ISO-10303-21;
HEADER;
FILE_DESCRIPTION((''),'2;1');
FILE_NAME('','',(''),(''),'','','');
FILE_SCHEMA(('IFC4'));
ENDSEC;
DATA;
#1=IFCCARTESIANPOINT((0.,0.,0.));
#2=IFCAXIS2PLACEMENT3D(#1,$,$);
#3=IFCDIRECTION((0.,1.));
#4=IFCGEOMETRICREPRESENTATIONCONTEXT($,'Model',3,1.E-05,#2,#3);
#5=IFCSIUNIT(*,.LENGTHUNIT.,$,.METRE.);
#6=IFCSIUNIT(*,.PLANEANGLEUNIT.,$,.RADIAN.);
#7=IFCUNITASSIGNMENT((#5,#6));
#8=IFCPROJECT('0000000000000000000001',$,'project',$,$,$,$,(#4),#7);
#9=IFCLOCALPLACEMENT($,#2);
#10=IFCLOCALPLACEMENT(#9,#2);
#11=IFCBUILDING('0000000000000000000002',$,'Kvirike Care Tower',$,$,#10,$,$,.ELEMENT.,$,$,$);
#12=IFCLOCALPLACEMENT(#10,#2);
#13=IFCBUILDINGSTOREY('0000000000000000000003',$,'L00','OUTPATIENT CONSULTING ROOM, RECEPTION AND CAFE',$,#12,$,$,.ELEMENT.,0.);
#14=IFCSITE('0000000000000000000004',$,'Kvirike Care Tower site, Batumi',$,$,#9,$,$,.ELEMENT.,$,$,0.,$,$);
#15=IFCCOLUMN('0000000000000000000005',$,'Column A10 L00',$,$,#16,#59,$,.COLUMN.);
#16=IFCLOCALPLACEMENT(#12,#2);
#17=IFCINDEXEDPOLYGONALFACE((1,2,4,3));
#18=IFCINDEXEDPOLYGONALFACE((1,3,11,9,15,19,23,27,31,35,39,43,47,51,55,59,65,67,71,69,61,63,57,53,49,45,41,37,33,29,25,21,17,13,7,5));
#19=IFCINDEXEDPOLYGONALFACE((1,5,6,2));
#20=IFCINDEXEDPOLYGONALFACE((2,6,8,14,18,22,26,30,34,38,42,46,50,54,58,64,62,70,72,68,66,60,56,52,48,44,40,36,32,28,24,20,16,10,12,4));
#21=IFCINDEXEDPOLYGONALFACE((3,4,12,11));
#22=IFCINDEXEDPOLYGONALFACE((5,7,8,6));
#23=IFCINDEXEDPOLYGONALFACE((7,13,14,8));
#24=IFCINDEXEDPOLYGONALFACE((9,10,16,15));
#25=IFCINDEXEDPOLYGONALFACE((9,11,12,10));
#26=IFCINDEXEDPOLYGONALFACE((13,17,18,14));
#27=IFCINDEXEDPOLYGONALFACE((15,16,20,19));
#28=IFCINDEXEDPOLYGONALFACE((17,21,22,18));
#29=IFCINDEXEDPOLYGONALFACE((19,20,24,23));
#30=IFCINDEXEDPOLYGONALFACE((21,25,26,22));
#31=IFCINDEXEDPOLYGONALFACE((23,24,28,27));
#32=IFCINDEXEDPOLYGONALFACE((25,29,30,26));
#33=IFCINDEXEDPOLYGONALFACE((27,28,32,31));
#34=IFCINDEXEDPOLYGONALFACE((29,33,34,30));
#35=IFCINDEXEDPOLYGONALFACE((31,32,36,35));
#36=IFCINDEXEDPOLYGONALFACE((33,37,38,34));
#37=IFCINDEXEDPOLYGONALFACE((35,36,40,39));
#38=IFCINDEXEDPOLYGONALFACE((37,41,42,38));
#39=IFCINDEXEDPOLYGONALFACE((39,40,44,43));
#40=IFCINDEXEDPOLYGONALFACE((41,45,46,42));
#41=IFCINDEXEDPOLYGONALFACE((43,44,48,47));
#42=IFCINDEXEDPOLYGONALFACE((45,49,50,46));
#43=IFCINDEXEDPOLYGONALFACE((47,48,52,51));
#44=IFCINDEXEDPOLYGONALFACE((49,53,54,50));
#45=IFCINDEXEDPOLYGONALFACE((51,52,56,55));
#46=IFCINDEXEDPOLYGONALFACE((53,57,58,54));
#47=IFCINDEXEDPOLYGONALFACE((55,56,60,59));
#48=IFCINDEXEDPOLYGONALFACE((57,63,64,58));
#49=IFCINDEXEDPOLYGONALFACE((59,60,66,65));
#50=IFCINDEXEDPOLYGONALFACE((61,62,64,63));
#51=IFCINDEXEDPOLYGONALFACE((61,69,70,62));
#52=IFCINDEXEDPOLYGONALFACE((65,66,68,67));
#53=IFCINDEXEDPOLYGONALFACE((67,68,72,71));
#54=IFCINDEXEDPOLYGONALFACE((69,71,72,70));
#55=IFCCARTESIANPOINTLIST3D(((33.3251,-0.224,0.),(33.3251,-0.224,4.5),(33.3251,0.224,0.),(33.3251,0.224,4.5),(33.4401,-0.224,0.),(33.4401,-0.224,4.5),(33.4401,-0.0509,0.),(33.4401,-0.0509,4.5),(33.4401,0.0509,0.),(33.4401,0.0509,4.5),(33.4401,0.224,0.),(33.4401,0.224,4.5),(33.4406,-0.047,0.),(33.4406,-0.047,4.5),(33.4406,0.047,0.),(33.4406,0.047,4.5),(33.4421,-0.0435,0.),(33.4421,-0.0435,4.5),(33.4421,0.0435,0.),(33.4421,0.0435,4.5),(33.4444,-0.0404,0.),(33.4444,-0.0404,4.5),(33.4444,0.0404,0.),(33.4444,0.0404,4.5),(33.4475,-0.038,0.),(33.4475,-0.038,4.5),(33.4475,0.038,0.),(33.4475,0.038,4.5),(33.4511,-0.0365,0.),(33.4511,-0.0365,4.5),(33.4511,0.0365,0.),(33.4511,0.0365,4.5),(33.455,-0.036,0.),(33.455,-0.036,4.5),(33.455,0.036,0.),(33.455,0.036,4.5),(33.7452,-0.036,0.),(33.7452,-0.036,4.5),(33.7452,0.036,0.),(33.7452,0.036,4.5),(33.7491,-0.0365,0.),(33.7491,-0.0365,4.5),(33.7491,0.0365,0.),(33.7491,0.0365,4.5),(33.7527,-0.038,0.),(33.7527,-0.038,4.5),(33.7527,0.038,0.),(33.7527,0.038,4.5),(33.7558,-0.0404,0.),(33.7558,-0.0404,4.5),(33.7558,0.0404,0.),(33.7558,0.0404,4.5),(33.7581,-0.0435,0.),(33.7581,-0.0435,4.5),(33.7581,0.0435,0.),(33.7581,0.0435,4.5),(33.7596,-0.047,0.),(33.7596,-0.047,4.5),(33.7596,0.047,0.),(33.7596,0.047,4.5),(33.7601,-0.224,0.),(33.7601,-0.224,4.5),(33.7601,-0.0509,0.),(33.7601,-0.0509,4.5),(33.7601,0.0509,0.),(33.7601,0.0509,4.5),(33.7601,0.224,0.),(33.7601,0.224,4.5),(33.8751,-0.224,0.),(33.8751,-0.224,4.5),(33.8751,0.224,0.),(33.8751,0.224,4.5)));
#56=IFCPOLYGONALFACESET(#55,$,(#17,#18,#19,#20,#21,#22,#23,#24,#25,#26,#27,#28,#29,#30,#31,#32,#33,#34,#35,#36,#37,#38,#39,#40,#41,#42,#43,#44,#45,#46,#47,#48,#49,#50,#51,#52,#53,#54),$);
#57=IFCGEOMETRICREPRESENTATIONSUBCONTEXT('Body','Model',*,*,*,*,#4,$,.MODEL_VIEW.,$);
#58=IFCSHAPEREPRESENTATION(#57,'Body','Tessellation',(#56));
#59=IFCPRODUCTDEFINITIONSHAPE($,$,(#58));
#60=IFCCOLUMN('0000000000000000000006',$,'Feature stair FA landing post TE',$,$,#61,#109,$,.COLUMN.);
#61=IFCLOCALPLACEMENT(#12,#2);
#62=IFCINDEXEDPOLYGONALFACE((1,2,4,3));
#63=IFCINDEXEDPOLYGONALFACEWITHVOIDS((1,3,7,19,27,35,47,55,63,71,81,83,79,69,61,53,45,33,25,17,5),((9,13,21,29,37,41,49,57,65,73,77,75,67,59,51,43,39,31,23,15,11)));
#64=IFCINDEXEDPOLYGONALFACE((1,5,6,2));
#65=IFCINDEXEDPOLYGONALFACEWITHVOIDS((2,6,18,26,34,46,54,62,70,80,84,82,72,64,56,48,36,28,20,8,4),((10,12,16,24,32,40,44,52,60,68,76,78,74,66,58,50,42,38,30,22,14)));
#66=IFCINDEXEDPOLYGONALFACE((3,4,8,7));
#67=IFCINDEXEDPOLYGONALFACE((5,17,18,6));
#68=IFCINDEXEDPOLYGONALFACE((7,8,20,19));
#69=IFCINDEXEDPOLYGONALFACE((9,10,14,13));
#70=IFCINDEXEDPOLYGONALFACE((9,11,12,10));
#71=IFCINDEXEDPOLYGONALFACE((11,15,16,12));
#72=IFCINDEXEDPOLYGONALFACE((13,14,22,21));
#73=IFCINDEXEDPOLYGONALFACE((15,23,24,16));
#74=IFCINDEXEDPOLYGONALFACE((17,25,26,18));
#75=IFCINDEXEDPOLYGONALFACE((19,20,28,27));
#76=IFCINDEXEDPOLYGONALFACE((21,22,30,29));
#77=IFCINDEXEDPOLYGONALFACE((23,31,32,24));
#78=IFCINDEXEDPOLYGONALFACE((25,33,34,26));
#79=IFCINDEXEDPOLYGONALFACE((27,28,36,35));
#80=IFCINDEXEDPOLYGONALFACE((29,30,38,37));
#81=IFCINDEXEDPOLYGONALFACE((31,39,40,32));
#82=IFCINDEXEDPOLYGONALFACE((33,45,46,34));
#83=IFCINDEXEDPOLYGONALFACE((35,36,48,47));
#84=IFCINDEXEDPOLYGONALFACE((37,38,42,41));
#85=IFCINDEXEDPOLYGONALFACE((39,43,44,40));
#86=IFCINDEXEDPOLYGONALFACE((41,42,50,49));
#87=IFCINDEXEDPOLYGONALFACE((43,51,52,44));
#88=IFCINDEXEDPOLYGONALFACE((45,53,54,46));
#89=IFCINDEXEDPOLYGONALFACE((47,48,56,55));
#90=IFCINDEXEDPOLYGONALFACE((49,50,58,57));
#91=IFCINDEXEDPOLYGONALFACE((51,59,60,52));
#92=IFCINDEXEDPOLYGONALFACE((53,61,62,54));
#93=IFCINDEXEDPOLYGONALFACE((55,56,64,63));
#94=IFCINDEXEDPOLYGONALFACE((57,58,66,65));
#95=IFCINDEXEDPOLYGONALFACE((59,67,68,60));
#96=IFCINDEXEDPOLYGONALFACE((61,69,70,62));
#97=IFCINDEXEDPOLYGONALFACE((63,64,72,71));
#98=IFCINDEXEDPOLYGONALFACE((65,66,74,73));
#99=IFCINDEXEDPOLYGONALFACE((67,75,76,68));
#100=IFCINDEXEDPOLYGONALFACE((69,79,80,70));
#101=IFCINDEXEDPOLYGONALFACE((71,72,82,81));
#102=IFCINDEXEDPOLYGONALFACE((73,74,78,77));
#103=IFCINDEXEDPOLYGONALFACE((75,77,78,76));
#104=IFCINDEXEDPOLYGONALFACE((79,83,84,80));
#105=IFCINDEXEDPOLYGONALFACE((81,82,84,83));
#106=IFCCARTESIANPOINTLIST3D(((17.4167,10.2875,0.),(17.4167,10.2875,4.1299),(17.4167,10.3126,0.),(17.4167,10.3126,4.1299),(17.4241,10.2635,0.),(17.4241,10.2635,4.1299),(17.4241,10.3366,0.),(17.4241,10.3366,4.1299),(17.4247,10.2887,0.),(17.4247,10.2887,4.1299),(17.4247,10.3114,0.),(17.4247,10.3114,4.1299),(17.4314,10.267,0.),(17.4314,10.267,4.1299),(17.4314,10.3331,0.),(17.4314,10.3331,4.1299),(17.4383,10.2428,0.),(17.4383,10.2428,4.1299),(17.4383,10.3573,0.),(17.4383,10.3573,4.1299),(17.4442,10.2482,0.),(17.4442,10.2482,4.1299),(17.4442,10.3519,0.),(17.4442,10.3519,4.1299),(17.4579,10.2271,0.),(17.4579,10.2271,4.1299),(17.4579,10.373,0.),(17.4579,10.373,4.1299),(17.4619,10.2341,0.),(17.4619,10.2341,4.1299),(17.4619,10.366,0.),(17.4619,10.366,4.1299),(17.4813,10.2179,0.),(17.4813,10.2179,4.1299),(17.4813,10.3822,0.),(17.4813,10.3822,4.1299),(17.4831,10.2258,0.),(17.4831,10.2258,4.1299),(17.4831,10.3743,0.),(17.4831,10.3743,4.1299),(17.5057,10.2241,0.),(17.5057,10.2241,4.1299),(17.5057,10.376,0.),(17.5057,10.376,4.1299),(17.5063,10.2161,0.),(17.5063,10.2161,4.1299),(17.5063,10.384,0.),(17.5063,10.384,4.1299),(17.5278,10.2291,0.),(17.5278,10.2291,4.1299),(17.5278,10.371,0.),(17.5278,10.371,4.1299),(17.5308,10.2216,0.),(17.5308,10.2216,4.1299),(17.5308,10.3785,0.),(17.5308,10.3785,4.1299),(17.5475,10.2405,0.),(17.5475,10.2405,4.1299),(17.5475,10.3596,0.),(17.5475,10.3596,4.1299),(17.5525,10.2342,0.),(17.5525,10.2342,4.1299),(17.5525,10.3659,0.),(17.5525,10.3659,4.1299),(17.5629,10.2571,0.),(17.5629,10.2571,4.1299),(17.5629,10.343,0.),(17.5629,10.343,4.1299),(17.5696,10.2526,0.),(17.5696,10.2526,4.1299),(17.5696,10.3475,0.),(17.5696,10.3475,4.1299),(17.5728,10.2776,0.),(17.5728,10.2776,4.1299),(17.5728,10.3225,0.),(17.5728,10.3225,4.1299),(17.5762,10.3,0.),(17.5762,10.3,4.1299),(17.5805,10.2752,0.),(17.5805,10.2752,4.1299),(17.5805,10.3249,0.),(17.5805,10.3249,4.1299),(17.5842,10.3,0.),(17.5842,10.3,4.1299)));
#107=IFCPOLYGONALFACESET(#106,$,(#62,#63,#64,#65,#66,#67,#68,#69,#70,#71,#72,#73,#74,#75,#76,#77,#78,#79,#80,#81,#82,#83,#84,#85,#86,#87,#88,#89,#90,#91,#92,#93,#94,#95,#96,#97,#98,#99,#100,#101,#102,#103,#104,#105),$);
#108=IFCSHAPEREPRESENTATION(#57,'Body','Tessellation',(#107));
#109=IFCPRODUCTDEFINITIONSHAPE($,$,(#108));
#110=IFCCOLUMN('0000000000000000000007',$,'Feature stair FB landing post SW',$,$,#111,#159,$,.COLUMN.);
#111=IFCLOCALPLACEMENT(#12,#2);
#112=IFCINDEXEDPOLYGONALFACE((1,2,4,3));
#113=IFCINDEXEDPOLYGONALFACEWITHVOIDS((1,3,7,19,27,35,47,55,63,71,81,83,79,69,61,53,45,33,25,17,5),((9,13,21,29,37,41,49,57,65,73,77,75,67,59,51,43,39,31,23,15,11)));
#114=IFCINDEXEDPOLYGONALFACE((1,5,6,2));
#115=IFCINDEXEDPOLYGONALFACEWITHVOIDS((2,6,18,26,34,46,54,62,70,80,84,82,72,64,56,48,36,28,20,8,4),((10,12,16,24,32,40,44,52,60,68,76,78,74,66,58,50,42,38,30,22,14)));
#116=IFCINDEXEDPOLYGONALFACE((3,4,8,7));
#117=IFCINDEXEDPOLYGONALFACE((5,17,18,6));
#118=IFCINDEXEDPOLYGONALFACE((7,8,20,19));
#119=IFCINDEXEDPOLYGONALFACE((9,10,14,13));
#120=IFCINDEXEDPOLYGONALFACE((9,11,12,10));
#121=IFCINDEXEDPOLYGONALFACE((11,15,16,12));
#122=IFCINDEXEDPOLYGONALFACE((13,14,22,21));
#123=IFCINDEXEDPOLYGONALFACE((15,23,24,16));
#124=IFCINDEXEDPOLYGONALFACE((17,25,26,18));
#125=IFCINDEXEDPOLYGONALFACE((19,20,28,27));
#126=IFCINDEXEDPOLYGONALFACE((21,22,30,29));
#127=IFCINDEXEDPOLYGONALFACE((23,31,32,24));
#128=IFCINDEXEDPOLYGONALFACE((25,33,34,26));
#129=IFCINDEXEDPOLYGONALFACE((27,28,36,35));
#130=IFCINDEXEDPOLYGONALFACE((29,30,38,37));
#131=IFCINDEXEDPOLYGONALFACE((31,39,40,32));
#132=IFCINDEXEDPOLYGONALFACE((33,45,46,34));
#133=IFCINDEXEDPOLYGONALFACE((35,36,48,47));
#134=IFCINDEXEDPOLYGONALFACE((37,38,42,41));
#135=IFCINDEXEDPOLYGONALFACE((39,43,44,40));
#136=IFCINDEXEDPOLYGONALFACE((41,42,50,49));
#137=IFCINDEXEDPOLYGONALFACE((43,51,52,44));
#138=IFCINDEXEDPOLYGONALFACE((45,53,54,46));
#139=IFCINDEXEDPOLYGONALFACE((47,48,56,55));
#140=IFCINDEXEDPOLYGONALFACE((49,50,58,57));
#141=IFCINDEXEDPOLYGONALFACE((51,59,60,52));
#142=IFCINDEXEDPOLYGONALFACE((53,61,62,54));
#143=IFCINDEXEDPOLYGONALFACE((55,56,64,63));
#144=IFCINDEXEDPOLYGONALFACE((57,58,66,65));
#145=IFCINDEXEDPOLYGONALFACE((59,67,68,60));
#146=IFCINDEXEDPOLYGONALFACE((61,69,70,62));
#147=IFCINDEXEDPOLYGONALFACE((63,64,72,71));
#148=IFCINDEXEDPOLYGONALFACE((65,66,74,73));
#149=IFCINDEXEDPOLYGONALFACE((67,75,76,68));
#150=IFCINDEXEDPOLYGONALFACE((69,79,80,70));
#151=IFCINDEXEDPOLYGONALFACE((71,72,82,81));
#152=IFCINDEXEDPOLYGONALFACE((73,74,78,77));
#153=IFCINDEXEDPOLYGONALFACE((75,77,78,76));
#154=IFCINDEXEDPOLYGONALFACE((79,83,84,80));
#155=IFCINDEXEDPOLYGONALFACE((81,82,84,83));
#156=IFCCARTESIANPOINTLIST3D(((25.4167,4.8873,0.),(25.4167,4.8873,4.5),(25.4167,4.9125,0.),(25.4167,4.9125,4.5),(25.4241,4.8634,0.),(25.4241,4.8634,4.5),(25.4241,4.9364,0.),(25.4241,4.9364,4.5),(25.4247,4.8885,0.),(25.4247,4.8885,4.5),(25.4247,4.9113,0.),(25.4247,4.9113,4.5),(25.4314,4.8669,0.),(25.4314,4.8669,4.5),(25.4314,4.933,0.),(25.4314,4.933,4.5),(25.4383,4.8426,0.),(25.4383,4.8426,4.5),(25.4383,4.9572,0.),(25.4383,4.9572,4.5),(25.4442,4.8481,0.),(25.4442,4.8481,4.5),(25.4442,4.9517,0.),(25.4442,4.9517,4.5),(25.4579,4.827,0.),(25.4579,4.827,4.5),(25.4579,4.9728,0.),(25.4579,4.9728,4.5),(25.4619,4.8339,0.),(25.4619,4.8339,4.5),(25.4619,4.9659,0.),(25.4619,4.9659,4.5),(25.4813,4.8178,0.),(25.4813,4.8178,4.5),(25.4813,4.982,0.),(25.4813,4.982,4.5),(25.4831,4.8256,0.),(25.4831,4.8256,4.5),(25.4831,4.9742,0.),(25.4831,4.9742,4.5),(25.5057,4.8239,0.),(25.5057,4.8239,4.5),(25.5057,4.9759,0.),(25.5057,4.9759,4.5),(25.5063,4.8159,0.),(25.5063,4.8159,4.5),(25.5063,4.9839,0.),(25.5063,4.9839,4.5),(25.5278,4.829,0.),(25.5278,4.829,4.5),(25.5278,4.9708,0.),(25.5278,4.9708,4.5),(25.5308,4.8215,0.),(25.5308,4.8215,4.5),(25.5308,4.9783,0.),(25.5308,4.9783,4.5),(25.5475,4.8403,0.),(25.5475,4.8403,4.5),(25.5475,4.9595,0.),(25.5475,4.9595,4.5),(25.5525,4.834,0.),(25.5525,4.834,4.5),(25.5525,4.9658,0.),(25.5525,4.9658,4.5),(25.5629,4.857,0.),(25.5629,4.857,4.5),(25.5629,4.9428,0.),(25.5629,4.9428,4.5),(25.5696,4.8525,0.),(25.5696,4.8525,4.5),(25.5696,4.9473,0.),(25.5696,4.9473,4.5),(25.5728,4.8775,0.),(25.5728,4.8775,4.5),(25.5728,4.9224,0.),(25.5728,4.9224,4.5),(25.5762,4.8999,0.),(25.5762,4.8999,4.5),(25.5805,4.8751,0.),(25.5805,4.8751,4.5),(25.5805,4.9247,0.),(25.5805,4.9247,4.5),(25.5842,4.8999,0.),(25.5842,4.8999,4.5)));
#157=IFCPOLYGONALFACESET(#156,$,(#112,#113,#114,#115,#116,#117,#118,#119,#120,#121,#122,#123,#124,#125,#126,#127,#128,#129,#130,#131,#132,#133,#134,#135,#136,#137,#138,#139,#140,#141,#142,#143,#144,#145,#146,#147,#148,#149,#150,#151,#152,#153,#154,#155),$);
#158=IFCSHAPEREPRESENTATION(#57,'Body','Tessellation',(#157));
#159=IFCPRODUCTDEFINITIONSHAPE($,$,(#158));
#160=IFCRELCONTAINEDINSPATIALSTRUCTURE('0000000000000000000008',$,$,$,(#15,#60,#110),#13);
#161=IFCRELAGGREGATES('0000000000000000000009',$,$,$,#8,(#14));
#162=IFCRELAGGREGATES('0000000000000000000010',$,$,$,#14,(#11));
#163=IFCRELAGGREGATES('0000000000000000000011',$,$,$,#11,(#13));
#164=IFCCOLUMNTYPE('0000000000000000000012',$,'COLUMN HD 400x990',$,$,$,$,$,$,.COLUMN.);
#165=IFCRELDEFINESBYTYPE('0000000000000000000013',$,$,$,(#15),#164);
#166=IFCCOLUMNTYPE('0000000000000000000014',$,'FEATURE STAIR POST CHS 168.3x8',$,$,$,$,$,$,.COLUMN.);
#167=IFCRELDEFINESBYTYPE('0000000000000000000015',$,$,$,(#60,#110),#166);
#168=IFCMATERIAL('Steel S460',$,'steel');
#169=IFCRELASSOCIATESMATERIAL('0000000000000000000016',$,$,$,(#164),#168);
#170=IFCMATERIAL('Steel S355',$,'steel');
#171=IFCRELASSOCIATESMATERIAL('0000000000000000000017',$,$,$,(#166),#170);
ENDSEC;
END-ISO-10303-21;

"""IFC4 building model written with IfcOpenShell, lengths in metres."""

from ifc_helpers import new_model, si_unit, direction, frame, origin, origin_2d, place, context, subcontext, project, spatial, hollow_circle, i_section, extrude, material, material_profile, profile_set, type_object, element, save


model = new_model("IFC4")

# Units and contexts
model_context = context("Model", 3, precision=1e-05, world=origin(), true_north=direction((0.0, 1.0)))
body_context = subcontext(model_context, "Body", "Model", "MODEL_VIEW")
ifc_project = project(units=[si_unit("LENGTHUNIT", "METRE"), si_unit("PLANEANGLEUNIT", "RADIAN")], contexts=[model_context])

# Site, building, storey
site_placement = place(None, origin())
site = spatial("IfcSite", under=ifc_project, at=site_placement, Name="Kvirike Care Tower site, Batumi", CompositionType="ELEMENT", RefElevation=0.0)
building_placement = place(site_placement, origin())
building = spatial("IfcBuilding", under=site, at=building_placement, Name="Kvirike Care Tower", CompositionType="ELEMENT")
storey_placement = place(building_placement, origin())
storey = spatial("IfcBuildingStorey", under=building, at=storey_placement, Name="L00", Description="OUTPATIENT CONSULTING ROOM, RECEPTION AND CAFE", CompositionType="ELEMENT", Elevation=0.0)

# Columns
ifc_material_1 = material(Name="Steel S460", Category="steel")
ifc_material_profile_1 = material_profile(ifc_material_1, i_section(OverallWidth=0.448, OverallDepth=0.55, WebThickness=0.072, FlangeThickness=0.115, FilletRadius=0.0149, at=origin_2d()), Name="HD 400x990")
ifc_profile_set_1 = profile_set([ifc_material_profile_1], Name="Steel S460")
column_type_1 = type_object("IfcColumnType", Name="COLUMN HD 400x990", PredefinedType="COLUMN", material=ifc_profile_set_1)
for number, where, z_axis, x_axis, name in (
    (1, (33.6001, 0.0, 0.0), (0.0, 0.0, 1.0), (0.0, 1.0, 0.0), "Column A10 L00"),
):
    element("IfcColumn", number, at=place(storey_placement, frame(where, z_axis=z_axis, x_axis=x_axis)), inside=storey, type_object=column_type_1, Name=name, PredefinedType="COLUMN", context=body_context, shape_type="SweptSolid", body=[
        extrude(i_section(OverallWidth=0.448, OverallDepth=0.55, WebThickness=0.072, FlangeThickness=0.115, FilletRadius=0.0149, at=origin_2d()), origin(), (0.0, 0.0, 1.0), 4.5),
    ])
ifc_material_2 = material(Name="Steel S355", Category="steel")
ifc_material_profile_2 = material_profile(ifc_material_2, hollow_circle(Radius=0.0842, WallThickness=0.0081, at=origin_2d()), Name="CHS 168.3x8")
ifc_profile_set_2 = profile_set([ifc_material_profile_2], Name="Steel S355")
column_type_2 = type_object("IfcColumnType", Name="FEATURE STAIR POST CHS 168.3x8", PredefinedType="COLUMN", material=ifc_profile_set_2)
column_placement = place(storey_placement, frame((17.5, 10.3, 0.0), z_axis=(0.0, 0.0, 1.0), x_axis=(1.0, 0.0, 0.0)))
element("IfcColumn", 2, at=column_placement, inside=storey, type_object=column_type_2, Name="Feature stair FA landing post TE", PredefinedType="COLUMN", context=body_context, shape_type="SweptSolid", body=[
    extrude(hollow_circle(Radius=0.0842, WallThickness=0.0081, at=origin_2d()), origin(), (0.0, 0.0, 1.0), 4.1299),
])
for number, where, z_axis, x_axis, name in (
    (3, (25.5, 4.8999, 0.0), (0.0, 0.0, 1.0), (1.0, 0.0, 0.0), "Feature stair FB landing post SW"),
):
    element("IfcColumn", number, at=place(storey_placement, frame(where, z_axis=z_axis, x_axis=x_axis)), inside=storey, type_object=column_type_2, Name=name, PredefinedType="COLUMN", context=body_context, shape_type="SweptSolid", body=[
        extrude(hollow_circle(Radius=0.0842, WallThickness=0.0081, at=origin_2d()), origin(), (0.0, 0.0, 1.0), 4.5),
    ])

save(model, "model.ifc")
